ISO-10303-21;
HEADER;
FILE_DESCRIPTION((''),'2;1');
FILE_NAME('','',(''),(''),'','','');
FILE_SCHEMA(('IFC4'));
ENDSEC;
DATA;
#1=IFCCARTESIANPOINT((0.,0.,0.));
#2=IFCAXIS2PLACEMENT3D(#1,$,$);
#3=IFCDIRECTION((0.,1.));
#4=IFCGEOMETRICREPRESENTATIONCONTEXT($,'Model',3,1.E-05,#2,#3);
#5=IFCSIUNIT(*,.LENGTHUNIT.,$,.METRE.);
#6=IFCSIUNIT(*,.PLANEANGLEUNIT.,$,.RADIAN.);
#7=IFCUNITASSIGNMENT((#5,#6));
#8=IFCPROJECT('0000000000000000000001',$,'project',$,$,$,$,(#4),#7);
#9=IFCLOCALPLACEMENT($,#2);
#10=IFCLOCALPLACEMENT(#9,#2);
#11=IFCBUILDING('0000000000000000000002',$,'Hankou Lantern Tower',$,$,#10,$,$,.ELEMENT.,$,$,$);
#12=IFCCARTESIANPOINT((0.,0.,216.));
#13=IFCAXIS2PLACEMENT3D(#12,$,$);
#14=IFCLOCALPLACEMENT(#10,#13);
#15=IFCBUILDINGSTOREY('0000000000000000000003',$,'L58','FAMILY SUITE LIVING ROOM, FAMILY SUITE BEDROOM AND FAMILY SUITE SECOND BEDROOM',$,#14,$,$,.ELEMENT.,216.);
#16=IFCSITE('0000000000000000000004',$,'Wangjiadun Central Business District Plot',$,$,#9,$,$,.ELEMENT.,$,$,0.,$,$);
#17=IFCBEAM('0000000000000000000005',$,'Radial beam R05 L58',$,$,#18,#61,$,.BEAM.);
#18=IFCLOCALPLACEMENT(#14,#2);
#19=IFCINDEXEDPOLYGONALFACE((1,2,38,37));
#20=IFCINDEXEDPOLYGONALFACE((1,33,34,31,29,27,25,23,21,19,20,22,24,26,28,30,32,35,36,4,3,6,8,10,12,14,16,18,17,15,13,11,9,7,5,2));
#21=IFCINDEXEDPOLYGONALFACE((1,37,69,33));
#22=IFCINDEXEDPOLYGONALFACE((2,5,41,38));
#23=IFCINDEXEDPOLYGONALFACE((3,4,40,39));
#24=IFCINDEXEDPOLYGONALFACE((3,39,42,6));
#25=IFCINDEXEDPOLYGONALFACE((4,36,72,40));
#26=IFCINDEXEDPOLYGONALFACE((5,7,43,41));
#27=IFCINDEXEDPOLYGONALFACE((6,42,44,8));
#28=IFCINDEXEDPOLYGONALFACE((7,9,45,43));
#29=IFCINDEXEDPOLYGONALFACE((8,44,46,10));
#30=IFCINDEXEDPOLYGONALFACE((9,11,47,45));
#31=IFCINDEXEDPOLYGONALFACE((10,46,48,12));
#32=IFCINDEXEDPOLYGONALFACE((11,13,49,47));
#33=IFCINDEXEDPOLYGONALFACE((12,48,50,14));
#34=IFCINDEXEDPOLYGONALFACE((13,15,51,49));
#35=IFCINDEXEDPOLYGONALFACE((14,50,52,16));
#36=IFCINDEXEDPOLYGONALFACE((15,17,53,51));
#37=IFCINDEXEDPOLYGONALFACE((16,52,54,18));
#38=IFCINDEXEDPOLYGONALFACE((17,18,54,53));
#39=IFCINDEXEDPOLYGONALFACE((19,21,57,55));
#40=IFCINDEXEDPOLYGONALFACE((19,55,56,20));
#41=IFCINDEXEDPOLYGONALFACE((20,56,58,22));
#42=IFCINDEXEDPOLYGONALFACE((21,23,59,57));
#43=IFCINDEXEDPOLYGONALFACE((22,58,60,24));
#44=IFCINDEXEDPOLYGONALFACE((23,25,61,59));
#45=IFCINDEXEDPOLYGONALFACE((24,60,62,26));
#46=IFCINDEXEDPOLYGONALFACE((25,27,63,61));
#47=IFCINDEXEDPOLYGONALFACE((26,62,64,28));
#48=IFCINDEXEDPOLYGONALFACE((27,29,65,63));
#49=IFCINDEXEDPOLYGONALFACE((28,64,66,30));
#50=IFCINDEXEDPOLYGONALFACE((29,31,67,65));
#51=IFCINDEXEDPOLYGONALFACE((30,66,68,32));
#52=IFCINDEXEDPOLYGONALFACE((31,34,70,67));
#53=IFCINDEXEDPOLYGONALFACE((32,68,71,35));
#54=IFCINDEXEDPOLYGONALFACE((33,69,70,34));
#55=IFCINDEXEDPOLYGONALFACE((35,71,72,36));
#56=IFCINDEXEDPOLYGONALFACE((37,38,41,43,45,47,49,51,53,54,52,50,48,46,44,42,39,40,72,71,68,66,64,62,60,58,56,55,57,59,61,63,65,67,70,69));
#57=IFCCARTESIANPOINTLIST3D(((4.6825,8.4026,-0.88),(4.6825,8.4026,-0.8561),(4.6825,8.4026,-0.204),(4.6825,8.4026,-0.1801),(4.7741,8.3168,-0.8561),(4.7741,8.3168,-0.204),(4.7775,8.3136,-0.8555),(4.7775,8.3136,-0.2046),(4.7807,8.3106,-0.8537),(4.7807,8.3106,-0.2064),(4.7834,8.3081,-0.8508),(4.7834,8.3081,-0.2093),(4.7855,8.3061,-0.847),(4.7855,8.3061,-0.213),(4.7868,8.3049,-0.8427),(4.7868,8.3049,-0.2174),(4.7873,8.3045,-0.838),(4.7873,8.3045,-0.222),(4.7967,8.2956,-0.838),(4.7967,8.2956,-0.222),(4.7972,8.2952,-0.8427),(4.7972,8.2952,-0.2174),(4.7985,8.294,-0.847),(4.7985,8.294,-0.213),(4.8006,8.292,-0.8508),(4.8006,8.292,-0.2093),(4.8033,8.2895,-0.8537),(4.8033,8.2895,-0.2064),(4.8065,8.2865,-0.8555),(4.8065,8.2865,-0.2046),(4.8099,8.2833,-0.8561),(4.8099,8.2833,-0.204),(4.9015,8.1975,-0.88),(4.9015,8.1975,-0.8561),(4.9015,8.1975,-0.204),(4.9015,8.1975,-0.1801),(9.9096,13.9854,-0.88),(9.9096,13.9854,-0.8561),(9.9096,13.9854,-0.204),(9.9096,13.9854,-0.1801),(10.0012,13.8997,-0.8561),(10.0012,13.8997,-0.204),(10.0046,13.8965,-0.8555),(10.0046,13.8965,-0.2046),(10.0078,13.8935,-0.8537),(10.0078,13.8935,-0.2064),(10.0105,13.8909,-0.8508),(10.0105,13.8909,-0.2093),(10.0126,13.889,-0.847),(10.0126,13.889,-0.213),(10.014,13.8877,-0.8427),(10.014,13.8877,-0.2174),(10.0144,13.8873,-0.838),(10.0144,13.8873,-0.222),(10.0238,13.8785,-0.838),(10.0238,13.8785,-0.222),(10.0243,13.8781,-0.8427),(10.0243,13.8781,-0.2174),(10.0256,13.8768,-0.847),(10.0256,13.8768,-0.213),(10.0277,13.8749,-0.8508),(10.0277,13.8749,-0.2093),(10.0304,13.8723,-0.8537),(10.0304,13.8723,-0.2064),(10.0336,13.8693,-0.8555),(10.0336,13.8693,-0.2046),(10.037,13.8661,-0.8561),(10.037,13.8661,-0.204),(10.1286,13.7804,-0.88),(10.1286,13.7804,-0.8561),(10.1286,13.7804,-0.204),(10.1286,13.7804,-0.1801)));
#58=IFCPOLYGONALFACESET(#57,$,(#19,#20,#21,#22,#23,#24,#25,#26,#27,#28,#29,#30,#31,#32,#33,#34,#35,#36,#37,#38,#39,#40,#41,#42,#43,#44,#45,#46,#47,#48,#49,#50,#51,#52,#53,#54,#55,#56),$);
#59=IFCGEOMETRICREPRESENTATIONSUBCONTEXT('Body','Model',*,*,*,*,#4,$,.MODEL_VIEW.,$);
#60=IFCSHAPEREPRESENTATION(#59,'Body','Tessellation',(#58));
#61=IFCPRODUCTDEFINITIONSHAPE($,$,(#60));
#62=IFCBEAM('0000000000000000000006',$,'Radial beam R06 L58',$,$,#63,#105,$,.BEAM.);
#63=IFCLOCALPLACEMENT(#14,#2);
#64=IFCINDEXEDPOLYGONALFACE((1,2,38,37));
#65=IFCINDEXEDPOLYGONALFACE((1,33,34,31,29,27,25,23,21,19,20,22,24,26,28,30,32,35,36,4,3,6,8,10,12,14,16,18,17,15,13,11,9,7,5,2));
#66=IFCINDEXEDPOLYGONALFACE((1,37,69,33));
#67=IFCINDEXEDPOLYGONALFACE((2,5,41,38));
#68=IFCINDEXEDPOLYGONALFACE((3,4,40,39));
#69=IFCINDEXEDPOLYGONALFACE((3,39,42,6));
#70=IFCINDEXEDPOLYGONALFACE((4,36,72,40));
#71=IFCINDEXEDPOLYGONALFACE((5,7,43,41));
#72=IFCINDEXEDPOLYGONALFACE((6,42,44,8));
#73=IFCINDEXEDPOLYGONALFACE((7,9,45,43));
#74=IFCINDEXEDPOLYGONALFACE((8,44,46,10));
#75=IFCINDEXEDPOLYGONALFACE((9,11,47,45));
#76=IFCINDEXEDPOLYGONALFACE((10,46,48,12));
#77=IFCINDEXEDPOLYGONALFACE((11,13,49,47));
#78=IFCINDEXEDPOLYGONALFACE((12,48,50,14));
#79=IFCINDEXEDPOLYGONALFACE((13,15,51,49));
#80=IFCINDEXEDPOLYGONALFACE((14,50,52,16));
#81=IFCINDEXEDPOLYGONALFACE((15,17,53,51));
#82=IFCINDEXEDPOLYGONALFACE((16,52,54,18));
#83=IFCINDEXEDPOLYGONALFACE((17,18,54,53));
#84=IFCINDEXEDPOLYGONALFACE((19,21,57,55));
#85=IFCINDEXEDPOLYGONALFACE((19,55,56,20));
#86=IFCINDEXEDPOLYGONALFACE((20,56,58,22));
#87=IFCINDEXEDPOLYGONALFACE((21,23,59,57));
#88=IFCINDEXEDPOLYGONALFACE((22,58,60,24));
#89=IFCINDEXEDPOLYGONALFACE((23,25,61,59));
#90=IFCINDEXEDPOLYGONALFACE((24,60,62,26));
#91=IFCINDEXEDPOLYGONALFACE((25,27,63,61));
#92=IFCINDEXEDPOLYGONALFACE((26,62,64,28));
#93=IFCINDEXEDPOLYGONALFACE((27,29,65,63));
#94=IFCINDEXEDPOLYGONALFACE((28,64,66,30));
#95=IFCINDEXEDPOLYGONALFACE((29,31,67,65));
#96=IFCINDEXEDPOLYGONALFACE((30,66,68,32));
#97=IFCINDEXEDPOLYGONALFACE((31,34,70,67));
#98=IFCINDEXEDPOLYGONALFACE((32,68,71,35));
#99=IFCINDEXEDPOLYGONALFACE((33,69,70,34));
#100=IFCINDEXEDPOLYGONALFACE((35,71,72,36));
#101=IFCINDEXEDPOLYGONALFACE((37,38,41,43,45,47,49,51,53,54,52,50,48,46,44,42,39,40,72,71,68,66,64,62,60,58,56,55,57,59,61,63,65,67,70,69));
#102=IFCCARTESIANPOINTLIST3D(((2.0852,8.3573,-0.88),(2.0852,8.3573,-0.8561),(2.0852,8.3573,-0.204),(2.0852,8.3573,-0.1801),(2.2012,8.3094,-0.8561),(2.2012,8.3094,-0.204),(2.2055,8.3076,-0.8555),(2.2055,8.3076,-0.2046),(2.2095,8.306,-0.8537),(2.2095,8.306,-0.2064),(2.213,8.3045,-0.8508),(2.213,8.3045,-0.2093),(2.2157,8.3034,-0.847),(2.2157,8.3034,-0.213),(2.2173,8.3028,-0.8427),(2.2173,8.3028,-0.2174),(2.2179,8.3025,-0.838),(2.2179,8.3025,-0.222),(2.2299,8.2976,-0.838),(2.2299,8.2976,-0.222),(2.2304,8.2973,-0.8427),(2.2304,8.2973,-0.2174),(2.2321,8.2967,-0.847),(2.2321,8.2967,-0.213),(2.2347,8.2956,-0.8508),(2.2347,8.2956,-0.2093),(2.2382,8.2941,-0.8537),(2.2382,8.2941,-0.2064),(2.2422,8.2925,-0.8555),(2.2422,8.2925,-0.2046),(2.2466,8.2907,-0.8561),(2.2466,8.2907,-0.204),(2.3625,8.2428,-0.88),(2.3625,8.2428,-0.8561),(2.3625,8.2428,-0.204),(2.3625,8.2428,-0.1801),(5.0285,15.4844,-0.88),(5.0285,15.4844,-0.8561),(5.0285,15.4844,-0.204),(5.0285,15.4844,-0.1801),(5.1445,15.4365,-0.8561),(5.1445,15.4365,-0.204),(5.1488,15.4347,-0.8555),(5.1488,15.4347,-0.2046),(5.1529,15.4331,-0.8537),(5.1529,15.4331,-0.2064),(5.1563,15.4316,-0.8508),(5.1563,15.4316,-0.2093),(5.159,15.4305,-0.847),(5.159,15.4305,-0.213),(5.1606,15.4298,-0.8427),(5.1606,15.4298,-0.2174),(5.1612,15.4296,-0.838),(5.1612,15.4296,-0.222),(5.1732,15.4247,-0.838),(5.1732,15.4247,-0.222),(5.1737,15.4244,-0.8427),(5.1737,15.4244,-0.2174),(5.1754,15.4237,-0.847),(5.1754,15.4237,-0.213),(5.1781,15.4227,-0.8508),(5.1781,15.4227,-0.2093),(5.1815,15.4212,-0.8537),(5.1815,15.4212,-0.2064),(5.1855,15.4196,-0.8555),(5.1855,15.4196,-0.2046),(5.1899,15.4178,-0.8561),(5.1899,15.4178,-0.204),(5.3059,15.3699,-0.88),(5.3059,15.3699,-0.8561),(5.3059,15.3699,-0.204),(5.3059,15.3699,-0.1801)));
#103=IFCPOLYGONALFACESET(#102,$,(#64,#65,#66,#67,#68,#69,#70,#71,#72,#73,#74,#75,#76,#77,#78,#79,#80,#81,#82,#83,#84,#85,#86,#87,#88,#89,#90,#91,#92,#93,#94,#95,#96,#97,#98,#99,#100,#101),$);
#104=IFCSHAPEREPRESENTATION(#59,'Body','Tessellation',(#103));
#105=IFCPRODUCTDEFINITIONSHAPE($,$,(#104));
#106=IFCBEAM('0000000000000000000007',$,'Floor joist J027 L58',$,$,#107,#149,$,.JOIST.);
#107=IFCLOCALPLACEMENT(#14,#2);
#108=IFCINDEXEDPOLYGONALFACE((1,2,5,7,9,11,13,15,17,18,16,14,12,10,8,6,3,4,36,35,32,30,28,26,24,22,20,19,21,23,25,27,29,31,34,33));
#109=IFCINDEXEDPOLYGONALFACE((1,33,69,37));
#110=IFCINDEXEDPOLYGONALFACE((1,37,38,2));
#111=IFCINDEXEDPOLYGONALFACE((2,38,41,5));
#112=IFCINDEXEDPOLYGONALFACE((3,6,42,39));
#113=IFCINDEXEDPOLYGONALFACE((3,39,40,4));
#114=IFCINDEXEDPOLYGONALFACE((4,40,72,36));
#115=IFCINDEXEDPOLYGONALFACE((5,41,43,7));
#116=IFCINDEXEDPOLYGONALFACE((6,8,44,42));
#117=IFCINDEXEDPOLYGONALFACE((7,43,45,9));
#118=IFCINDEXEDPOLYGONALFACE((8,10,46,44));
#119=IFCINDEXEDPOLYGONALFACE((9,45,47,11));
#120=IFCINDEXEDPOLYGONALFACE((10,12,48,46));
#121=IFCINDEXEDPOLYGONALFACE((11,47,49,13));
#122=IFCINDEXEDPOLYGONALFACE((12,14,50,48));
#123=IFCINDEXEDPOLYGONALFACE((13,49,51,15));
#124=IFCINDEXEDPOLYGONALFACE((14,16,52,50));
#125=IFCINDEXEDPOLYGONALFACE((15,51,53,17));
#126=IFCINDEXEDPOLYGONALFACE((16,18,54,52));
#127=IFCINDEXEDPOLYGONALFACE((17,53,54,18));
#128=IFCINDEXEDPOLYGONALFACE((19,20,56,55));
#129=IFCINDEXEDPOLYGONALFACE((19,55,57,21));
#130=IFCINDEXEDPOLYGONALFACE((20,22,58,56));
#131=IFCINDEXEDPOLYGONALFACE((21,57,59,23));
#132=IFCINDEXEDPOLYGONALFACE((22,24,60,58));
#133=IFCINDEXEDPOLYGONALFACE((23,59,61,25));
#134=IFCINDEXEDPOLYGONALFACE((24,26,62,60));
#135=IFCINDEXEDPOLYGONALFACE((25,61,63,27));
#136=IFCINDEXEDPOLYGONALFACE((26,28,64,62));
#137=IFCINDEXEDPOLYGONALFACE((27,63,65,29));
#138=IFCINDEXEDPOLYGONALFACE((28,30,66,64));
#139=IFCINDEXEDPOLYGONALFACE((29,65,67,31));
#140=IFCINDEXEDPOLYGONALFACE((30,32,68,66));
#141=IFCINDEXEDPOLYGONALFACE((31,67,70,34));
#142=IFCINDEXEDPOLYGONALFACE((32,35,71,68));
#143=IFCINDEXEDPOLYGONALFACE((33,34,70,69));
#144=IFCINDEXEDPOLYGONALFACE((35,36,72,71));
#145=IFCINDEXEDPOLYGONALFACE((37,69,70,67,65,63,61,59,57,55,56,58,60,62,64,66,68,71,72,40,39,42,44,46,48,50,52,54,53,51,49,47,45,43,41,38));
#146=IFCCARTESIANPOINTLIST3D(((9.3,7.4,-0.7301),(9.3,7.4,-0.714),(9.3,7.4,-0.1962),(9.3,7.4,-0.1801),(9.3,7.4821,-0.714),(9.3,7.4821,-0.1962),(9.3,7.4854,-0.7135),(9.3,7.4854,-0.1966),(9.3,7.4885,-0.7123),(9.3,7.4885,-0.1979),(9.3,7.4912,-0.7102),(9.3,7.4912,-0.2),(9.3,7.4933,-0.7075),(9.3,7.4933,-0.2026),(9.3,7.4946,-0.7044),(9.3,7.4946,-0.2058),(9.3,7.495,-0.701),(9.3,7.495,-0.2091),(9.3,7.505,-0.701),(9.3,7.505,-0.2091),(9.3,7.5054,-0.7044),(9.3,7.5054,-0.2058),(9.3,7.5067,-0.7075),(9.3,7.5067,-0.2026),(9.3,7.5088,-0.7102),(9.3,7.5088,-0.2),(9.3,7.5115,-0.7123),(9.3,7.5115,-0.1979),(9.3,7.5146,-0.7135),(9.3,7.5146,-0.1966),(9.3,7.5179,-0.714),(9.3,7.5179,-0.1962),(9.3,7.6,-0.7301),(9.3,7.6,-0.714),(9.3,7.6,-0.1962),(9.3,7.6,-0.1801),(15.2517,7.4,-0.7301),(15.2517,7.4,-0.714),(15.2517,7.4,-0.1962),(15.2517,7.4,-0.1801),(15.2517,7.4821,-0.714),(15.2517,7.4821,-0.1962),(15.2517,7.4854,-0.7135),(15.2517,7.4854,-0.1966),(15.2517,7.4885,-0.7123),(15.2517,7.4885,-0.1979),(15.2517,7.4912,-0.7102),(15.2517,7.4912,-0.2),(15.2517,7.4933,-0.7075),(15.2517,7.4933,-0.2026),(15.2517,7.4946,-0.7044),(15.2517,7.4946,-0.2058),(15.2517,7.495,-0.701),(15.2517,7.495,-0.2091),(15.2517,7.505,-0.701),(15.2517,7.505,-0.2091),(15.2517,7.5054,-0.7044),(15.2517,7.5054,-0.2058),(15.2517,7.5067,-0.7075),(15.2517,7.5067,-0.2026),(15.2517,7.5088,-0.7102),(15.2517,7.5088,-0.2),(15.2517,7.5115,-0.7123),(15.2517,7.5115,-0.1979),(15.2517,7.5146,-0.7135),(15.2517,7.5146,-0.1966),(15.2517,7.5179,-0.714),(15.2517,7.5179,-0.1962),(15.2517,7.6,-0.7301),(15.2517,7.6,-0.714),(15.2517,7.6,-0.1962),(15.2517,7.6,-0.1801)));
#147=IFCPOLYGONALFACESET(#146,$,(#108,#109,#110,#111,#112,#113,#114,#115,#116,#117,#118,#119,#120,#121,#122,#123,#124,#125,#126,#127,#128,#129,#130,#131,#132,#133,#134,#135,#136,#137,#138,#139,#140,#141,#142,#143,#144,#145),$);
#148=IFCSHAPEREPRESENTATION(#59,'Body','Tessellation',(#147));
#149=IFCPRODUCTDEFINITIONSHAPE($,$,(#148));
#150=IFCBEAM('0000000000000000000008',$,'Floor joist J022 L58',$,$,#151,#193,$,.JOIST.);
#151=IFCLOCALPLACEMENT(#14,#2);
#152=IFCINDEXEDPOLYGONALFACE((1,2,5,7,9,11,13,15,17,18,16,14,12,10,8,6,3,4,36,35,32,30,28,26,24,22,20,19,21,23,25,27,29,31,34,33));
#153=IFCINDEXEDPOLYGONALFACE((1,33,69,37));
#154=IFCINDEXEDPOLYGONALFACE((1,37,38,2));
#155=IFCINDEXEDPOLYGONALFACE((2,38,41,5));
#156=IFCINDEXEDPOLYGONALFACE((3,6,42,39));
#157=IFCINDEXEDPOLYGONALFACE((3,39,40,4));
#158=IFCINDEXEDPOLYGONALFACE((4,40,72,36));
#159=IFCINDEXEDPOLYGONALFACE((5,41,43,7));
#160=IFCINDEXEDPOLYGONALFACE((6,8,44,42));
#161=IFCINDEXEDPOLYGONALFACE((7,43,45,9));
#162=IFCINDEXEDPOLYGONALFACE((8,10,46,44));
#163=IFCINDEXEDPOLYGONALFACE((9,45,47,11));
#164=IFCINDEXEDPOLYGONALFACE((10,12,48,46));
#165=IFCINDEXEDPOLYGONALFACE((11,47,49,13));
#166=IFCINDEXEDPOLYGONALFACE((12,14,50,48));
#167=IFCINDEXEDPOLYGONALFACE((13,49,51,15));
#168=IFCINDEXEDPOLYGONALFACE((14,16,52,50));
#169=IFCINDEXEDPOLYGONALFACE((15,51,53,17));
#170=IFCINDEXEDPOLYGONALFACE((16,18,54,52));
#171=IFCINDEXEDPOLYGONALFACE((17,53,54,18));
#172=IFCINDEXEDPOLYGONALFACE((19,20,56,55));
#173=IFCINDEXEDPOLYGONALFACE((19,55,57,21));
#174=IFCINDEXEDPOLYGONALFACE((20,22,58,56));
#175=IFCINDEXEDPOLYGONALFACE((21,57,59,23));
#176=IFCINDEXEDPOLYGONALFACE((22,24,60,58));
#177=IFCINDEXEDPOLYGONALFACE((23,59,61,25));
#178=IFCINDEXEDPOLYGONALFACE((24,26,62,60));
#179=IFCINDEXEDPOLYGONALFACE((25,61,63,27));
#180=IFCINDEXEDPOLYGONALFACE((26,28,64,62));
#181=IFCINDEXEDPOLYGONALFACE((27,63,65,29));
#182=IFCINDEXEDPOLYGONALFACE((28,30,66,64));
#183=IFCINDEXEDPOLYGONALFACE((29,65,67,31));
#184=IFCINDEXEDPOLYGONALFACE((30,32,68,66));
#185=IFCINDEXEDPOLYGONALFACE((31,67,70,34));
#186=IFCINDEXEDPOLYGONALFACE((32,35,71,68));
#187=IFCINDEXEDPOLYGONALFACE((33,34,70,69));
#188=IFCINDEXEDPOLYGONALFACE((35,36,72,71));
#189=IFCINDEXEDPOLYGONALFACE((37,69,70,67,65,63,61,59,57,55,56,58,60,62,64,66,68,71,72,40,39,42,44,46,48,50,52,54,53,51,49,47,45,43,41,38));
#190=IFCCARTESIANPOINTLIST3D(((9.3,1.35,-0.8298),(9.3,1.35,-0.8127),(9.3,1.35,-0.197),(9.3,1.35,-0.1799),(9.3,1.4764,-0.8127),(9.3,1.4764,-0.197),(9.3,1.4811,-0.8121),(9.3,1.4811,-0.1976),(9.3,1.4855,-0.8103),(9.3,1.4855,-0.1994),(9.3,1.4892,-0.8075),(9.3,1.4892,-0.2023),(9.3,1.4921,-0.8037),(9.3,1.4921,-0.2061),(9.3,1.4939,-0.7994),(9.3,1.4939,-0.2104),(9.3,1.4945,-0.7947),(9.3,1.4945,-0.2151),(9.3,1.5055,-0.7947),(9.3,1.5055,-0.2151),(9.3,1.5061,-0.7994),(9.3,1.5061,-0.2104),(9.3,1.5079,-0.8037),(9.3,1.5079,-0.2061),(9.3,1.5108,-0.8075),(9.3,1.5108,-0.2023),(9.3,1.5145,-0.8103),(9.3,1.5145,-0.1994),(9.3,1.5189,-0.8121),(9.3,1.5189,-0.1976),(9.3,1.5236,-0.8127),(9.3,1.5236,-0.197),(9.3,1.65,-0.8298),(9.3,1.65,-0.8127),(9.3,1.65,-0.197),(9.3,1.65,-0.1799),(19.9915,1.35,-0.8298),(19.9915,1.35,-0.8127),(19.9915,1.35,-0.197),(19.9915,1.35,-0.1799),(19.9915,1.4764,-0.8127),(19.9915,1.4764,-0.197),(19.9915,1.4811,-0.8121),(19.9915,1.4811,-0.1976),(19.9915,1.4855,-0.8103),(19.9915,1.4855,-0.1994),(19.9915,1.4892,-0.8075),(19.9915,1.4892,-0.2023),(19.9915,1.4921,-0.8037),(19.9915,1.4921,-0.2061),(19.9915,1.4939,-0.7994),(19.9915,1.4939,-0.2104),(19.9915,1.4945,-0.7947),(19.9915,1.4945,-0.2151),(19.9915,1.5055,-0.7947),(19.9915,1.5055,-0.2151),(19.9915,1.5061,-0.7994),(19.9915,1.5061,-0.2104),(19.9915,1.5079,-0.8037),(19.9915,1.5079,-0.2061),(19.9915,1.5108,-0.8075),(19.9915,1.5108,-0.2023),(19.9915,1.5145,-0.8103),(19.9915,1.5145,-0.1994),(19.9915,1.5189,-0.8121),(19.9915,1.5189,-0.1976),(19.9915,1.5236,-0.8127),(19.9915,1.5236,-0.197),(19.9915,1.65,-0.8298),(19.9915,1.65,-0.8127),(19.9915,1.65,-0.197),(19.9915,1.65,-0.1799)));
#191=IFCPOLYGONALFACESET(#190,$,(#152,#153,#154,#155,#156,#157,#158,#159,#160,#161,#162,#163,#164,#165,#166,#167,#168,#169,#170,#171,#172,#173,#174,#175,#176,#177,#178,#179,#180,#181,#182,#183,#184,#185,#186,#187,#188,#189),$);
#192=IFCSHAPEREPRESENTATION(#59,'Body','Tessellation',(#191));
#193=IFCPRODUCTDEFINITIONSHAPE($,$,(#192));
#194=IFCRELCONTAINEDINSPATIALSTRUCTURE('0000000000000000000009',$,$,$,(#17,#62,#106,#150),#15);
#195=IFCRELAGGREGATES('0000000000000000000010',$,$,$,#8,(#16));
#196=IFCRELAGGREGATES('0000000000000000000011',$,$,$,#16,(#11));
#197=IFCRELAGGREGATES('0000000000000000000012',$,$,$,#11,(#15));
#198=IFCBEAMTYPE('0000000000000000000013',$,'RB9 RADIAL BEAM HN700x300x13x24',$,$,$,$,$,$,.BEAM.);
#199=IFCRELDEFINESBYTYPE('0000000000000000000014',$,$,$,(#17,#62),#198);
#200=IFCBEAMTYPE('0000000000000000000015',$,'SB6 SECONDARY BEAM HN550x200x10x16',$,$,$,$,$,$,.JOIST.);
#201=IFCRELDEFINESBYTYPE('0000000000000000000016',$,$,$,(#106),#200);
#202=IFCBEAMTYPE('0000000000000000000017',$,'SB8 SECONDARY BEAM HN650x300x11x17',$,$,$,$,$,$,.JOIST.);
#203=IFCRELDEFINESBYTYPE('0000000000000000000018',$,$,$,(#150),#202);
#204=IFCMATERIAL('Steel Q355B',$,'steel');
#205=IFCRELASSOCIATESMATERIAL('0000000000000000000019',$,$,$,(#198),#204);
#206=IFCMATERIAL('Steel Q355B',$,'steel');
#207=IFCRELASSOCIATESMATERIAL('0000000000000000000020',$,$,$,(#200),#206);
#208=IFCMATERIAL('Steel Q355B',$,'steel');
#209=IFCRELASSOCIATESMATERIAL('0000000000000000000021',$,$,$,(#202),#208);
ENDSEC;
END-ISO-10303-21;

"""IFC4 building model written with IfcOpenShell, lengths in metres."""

from ifc_helpers import new_model, si_unit, direction, frame, origin, origin_2d, place, context, subcontext, project, spatial, i_section, extrude, material, material_profile, profile_set, type_object, element, save


model = new_model("IFC4")

# Units and contexts
model_context = context("Model", 3, precision=1e-05, world=origin(), true_north=direction((0.0, 1.0)))
body_context = subcontext(model_context, "Body", "Model", "MODEL_VIEW")
ifc_project = project(units=[si_unit("LENGTHUNIT", "METRE"), si_unit("PLANEANGLEUNIT", "RADIAN")], contexts=[model_context])

# Site, building, storey
site_placement = place(None, origin())
site = spatial("IfcSite", under=ifc_project, at=site_placement, Name="Wangjiadun Central Business District Plot", CompositionType="ELEMENT", RefElevation=0.0)
building_placement = place(site_placement, origin())
building = spatial("IfcBuilding", under=site, at=building_placement, Name="Hankou Lantern Tower", CompositionType="ELEMENT")
storey_placement = place(building_placement, frame((0.0, 0.0, 216.0)))
storey = spatial("IfcBuildingStorey", under=building, at=storey_placement, Name="L58", Description="FAMILY SUITE LIVING ROOM, FAMILY SUITE BEDROOM AND FAMILY SUITE SECOND BEDROOM", CompositionType="ELEMENT", Elevation=216.0)

# Beams
ifc_material_1 = material(Name="Steel Q355B", Category="steel")
ifc_material_profile_1 = material_profile(ifc_material_1, i_section(OverallWidth=0.3, OverallDepth=0.7, WebThickness=0.0129, FlangeThickness=0.0239, FilletRadius=0.0181, at=origin_2d()), Name="HN700x300x13x24")
ifc_profile_set_1 = profile_set([ifc_material_profile_1], Name="Steel Q355B")
beam_type_1 = type_object("IfcBeamType", Name="RB9 RADIAL BEAM HN700x300x13x24", PredefinedType="BEAM", material=ifc_profile_set_1)
beam_1_placement = place(storey_placement, frame((4.792, 8.3, -0.53), z_axis=(0.683468, 0.72998, 0.0), x_axis=(-0.72998, 0.683468, 0.0)))
element("IfcBeam", 1, at=beam_1_placement, inside=storey, type_object=beam_type_1, Name="Radial beam R05 L58", PredefinedType="BEAM", context=body_context, shape_type="SweptSolid", body=[
    extrude(i_section(OverallWidth=0.3, OverallDepth=0.7, WebThickness=0.0129, FlangeThickness=0.0239, FilletRadius=0.0181, at=origin_2d()), origin(), (0.0, 0.0, 1.0), 7.6479),
])
beam_2_placement = place(storey_placement, frame((2.2239, 8.3, -0.53), z_axis=(0.381707, 0.924284, 0.0), x_axis=(-0.924284, 0.381707, 0.0)))
element("IfcBeam", 2, at=beam_2_placement, inside=storey, type_object=beam_type_1, Name="Radial beam R06 L58", PredefinedType="BEAM", context=body_context, shape_type="SweptSolid", body=[
    extrude(i_section(OverallWidth=0.3, OverallDepth=0.7, WebThickness=0.0129, FlangeThickness=0.0239, FilletRadius=0.0181, at=origin_2d()), origin(), (0.0, 0.0, 1.0), 7.7109),
])
ifc_material_2 = material(Name="Steel Q355B", Category="steel")
ifc_material_profile_2 = material_profile(ifc_material_2, i_section(OverallWidth=0.2, OverallDepth=0.55, WebThickness=0.01, FlangeThickness=0.0161, FilletRadius=0.0129, at=origin_2d()), Name="HN550x200x10x16")
ifc_profile_set_2 = profile_set([ifc_material_profile_2], Name="Steel Q355B")
beam_type_2 = type_object("IfcBeamType", Name="SB6 SECONDARY BEAM HN550x200x10x16", PredefinedType="JOIST", material=ifc_profile_set_2)
beam_3_placement = place(storey_placement, frame((9.3, 7.5, -0.4551), z_axis=(1.0, 0.0, 0.0), x_axis=(0.0, 1.0, 0.0)))
element("IfcBeam", 3, at=beam_3_placement, inside=storey, type_object=beam_type_2, Name="Floor joist J027 L58", PredefinedType="JOIST", context=body_context, shape_type="SweptSolid", body=[
    extrude(i_section(OverallWidth=0.2, OverallDepth=0.55, WebThickness=0.01, FlangeThickness=0.0161, FilletRadius=0.0129, at=origin_2d()), origin(), (0.0, 0.0, 1.0), 5.9517),
])
ifc_material_3 = material(Name="Steel Q355B", Category="steel")
ifc_material_profile_3 = material_profile(ifc_material_3, i_section(OverallWidth=0.3, OverallDepth=0.6499, WebThickness=0.011, FlangeThickness=0.0171, FilletRadius=0.0181, at=origin_2d()), Name="HN650x300x11x17")
ifc_profile_set_3 = profile_set([ifc_material_profile_3], Name="Steel Q355B")
beam_type_3 = type_object("IfcBeamType", Name="SB8 SECONDARY BEAM HN650x300x11x17", PredefinedType="JOIST", material=ifc_profile_set_3)
beam_4_placement = place(storey_placement, frame((9.3, 1.5, -0.5049), z_axis=(1.0, 0.0, 0.0), x_axis=(0.0, 1.0, 0.0)))
element("IfcBeam", 4, at=beam_4_placement, inside=storey, type_object=beam_type_3, Name="Floor joist J022 L58", PredefinedType="JOIST", context=body_context, shape_type="SweptSolid", body=[
    extrude(i_section(OverallWidth=0.3, OverallDepth=0.6499, WebThickness=0.011, FlangeThickness=0.0171, FilletRadius=0.0181, at=origin_2d()), origin(), (0.0, 0.0, 1.0), 10.6914),
])

save(model, "model.ifc")
